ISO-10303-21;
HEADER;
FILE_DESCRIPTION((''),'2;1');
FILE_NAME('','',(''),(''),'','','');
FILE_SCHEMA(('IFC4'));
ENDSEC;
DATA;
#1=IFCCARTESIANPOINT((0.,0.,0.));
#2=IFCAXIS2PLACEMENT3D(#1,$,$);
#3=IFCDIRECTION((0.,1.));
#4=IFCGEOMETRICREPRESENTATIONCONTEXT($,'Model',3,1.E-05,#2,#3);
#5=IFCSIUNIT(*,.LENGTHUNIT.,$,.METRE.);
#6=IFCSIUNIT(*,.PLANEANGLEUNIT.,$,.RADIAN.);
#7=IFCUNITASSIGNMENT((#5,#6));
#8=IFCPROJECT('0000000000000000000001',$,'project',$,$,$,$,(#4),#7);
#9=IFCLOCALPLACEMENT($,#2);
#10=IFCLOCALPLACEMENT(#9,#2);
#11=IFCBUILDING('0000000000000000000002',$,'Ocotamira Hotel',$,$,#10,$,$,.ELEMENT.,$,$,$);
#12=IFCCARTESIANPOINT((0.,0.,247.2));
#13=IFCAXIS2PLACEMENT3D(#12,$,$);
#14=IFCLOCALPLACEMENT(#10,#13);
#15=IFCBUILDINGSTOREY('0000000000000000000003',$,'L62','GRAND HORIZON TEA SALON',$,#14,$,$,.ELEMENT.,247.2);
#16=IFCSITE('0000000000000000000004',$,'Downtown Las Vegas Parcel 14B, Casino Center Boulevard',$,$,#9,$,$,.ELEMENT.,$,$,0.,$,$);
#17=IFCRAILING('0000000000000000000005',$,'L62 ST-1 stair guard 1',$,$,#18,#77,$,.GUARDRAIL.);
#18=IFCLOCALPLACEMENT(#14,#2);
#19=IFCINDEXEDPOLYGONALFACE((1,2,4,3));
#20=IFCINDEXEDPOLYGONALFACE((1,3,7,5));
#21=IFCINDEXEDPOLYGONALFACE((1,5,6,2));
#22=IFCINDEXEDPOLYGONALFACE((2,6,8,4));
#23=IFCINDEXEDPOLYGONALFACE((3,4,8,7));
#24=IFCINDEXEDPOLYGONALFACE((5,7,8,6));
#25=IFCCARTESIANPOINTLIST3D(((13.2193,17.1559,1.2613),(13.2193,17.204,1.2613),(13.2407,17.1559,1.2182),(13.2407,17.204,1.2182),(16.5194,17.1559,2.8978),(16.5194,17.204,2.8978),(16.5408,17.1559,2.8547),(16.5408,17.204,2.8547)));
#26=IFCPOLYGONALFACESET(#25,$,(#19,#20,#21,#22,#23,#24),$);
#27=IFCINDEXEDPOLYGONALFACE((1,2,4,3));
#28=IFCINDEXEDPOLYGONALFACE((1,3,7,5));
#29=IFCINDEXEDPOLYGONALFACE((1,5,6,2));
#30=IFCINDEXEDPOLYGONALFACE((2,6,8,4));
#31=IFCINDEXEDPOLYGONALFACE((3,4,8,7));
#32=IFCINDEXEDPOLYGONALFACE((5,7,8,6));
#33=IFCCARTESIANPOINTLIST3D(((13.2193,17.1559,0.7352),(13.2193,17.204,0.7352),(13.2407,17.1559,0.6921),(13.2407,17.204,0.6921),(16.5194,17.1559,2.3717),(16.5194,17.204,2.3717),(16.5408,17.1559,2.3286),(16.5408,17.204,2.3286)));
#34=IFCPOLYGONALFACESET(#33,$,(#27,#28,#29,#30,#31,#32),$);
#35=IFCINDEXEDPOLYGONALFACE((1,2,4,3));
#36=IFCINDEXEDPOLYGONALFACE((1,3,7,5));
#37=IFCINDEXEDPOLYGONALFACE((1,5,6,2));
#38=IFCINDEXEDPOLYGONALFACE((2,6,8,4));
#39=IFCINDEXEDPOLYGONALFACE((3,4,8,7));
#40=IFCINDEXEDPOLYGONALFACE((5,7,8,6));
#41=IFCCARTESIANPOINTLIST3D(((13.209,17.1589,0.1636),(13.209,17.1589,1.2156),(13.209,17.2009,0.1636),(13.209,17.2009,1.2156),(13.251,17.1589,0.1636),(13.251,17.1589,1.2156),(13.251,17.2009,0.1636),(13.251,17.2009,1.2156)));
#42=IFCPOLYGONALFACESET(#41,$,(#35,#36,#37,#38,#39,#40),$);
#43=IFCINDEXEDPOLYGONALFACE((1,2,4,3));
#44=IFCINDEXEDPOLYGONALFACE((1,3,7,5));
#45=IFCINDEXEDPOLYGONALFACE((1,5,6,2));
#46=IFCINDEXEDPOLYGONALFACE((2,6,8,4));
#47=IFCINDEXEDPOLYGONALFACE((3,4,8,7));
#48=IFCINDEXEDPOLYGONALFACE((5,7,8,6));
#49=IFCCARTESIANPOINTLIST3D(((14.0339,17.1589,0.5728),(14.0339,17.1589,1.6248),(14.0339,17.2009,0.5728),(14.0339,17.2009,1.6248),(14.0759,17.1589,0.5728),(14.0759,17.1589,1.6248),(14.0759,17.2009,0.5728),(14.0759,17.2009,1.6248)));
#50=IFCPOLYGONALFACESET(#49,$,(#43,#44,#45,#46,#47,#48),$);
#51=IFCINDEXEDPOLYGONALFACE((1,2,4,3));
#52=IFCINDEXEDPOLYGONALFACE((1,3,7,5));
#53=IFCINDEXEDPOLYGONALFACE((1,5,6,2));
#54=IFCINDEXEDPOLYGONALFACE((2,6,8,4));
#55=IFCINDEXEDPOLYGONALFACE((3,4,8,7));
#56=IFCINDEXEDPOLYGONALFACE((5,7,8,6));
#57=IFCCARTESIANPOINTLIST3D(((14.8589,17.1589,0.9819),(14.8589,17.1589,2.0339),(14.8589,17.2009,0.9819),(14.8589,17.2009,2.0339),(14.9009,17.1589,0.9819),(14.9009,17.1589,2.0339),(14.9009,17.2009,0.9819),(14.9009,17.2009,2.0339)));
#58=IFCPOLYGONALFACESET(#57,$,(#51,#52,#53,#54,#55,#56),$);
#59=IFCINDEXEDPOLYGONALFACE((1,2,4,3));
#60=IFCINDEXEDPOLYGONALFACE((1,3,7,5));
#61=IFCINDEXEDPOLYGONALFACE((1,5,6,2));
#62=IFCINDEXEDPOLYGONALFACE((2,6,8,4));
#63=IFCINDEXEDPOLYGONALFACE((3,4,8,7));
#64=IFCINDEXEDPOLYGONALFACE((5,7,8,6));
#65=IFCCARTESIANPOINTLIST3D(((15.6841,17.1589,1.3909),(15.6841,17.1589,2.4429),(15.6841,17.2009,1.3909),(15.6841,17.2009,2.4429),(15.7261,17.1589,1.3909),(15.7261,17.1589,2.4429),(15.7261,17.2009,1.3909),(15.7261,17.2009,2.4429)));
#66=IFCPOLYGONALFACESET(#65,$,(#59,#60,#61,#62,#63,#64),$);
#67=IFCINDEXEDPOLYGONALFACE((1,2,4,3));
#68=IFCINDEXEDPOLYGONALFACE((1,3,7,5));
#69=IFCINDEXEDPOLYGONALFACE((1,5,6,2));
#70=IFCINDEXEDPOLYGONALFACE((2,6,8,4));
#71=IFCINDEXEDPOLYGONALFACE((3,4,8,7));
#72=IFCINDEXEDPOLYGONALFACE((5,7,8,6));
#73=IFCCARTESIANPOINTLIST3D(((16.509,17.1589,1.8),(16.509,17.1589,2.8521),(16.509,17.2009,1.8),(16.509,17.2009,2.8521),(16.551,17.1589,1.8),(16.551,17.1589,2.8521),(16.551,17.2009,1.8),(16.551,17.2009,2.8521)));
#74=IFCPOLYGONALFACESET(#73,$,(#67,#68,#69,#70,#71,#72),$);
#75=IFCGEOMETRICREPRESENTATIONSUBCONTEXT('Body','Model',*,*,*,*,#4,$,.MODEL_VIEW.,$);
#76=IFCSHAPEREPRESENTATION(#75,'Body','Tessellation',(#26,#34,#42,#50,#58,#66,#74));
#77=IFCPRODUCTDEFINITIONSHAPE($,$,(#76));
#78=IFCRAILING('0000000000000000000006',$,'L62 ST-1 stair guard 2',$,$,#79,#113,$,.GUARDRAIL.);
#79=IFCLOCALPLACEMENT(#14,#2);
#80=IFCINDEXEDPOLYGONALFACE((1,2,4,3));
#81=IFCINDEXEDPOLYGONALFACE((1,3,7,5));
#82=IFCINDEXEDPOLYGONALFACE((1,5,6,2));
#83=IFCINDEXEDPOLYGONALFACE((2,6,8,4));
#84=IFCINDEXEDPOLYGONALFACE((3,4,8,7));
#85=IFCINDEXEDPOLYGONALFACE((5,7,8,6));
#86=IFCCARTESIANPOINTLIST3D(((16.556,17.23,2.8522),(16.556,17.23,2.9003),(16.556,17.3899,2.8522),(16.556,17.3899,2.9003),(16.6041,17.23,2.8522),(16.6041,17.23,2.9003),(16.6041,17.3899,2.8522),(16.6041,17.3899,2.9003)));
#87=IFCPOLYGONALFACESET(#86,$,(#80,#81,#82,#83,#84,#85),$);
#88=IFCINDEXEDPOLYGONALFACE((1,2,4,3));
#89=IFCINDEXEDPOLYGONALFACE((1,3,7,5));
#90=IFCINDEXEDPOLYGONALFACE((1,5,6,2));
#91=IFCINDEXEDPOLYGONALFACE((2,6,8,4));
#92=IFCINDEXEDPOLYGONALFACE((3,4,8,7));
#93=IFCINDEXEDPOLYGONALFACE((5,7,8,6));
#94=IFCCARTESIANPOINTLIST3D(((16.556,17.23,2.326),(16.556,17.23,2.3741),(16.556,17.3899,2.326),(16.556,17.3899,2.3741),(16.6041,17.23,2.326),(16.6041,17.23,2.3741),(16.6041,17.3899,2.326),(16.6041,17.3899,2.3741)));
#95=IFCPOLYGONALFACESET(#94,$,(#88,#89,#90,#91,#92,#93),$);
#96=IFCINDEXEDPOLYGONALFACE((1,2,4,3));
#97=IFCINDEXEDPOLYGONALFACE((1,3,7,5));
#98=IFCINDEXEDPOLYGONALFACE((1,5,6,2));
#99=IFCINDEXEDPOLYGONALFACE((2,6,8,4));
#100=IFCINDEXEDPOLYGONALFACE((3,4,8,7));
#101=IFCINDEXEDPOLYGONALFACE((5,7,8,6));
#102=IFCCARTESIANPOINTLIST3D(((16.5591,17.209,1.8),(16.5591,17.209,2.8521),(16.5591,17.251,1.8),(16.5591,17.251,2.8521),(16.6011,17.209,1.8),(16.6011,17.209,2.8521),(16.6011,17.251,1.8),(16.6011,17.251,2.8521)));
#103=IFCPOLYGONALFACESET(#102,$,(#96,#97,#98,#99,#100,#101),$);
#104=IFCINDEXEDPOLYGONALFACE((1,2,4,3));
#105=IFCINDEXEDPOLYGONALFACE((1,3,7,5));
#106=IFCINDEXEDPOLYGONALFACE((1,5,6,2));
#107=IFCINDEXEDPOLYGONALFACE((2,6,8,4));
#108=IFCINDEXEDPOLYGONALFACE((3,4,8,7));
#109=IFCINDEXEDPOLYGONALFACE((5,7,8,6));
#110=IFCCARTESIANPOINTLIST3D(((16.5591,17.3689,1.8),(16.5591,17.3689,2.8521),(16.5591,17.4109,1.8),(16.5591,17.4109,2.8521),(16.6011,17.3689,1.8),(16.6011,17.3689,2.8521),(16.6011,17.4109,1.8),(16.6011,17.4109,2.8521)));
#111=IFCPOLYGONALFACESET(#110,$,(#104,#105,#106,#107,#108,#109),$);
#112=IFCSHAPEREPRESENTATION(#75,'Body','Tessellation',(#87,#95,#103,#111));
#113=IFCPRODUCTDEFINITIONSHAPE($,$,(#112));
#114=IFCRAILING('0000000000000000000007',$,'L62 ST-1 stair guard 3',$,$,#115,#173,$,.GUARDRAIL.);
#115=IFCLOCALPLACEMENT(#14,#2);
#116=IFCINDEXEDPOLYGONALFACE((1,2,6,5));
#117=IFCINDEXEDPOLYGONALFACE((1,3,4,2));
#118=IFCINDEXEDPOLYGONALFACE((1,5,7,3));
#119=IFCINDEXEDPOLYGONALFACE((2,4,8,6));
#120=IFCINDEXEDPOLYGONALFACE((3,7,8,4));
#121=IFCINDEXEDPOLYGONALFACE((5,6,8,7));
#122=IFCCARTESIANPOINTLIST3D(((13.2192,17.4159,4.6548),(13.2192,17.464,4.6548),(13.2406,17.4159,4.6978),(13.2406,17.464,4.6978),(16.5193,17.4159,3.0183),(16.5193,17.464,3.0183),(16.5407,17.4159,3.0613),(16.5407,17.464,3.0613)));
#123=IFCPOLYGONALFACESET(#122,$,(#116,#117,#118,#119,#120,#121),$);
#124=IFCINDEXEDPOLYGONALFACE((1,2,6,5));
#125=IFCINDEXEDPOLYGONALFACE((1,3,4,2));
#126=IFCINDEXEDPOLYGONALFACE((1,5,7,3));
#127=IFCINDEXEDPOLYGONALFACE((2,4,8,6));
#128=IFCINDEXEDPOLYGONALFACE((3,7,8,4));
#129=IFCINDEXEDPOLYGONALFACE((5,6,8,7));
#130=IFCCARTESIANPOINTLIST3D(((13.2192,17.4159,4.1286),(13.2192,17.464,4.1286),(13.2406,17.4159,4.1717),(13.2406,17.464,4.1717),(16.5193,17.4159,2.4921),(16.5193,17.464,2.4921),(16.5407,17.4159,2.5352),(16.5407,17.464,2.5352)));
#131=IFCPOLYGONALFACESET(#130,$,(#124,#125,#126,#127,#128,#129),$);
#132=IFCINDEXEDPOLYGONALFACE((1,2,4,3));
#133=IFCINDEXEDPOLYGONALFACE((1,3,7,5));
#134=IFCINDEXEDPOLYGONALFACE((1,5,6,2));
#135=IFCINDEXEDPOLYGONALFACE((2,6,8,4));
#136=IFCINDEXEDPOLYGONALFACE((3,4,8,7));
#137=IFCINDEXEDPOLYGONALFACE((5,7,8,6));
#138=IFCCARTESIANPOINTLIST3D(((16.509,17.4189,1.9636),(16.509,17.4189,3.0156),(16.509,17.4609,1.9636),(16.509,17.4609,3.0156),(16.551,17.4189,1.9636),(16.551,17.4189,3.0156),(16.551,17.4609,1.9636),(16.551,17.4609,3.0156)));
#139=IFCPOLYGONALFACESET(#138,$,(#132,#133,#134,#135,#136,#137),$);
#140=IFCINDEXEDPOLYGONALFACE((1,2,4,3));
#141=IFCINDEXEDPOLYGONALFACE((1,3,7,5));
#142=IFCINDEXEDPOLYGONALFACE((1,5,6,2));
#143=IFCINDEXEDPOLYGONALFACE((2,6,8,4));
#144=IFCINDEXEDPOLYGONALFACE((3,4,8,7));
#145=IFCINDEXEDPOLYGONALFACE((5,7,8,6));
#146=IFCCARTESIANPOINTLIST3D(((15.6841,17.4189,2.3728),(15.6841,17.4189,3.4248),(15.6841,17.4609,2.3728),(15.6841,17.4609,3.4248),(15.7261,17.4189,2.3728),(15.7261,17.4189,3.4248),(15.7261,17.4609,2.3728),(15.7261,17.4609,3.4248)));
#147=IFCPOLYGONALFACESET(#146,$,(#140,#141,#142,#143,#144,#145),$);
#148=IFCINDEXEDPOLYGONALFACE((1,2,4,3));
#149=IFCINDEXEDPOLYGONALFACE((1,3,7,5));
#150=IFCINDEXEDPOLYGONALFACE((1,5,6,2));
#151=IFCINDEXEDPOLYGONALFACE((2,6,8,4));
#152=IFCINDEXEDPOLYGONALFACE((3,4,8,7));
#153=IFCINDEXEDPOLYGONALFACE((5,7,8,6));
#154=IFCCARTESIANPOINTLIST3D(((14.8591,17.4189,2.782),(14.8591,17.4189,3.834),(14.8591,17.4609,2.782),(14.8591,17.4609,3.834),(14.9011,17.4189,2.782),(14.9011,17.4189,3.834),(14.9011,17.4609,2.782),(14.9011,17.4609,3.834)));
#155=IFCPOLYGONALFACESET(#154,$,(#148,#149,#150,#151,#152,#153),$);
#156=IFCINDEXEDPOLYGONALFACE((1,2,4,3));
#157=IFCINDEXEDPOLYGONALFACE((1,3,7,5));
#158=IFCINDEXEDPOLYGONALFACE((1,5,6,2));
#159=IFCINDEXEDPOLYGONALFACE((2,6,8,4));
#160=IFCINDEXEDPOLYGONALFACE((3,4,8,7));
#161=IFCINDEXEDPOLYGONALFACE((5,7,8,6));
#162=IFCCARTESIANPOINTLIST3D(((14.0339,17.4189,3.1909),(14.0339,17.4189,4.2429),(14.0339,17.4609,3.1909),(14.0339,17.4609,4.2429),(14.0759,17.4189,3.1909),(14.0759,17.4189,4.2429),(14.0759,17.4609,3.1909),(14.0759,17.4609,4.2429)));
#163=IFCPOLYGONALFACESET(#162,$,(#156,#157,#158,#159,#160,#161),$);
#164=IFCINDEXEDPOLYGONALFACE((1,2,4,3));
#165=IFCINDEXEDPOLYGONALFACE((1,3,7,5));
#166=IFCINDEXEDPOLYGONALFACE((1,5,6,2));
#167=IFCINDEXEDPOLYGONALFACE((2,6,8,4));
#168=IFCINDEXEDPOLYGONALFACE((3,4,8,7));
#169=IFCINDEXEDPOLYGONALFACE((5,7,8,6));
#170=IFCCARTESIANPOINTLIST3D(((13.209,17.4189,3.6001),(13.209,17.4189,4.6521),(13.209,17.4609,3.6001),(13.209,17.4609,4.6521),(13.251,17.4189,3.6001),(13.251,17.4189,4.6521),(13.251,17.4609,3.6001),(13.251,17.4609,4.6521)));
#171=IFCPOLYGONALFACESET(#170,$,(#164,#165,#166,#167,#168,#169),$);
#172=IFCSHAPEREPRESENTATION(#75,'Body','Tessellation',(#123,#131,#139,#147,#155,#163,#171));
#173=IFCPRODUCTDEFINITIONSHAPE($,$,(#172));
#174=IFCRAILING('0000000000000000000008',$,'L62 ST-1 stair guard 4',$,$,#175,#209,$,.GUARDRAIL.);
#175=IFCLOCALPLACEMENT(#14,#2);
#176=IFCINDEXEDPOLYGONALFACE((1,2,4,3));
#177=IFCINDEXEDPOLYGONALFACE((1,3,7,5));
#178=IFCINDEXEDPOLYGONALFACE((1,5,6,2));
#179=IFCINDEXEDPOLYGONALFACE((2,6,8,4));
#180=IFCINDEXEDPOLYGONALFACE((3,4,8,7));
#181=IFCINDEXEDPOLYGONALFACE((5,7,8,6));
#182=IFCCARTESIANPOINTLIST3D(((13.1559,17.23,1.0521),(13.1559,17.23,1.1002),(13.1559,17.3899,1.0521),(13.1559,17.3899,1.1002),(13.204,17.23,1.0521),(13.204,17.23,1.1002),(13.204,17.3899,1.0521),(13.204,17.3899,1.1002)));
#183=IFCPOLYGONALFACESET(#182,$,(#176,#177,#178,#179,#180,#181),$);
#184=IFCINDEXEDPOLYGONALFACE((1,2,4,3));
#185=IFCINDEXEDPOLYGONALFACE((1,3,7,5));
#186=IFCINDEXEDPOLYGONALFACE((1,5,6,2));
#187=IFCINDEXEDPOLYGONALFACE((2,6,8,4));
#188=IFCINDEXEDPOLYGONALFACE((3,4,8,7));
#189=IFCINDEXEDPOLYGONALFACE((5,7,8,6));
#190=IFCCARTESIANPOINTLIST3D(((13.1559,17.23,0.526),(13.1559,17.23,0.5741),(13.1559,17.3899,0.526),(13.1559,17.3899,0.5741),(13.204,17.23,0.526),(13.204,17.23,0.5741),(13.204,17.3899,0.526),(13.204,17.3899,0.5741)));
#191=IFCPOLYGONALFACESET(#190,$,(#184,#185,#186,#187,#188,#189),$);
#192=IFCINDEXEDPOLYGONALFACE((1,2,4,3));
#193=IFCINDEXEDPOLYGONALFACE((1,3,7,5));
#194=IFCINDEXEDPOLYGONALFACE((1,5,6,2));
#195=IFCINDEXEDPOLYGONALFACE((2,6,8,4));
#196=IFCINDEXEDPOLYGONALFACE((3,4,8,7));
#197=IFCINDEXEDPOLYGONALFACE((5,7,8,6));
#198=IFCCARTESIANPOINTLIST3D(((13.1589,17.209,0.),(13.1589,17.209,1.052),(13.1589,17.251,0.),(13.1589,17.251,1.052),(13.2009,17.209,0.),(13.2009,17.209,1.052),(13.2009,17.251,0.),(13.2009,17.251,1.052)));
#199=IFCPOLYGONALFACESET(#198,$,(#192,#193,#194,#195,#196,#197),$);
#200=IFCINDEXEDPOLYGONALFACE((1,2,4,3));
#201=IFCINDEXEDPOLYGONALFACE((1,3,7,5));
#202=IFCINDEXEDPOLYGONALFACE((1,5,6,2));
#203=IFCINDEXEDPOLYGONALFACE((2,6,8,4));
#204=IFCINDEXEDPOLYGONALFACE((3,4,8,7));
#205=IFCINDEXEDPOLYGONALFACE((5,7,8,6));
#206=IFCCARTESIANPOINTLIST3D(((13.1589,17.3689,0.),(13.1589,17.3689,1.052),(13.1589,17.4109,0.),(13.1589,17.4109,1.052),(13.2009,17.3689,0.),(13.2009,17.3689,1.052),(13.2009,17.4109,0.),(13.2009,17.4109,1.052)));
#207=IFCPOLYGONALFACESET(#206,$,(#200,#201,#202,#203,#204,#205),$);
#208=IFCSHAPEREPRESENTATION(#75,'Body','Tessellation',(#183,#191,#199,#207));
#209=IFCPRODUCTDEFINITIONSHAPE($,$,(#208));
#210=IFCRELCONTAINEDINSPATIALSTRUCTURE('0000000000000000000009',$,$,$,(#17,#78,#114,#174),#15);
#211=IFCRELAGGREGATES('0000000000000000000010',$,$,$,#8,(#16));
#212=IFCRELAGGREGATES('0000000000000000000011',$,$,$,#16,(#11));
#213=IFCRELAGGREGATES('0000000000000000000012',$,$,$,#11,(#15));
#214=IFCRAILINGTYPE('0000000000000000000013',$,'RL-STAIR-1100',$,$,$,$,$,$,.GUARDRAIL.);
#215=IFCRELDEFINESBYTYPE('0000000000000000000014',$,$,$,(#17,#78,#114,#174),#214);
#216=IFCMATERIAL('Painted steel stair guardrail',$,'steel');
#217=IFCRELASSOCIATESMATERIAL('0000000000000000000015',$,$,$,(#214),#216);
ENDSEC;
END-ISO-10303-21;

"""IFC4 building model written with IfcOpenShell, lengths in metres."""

from ifc_helpers import new_model, si_unit, direction, frame, origin, origin_2d, place, context, subcontext, project, spatial, rectangle, extrude, material, type_object, element, save


model = new_model("IFC4")

# Units and contexts
model_context = context("Model", 3, precision=1e-05, world=origin(), true_north=direction((0.0, 1.0)))
body_context = subcontext(model_context, "Body", "Model", "MODEL_VIEW")
ifc_project = project(units=[si_unit("LENGTHUNIT", "METRE"), si_unit("PLANEANGLEUNIT", "RADIAN")], contexts=[model_context])

# Site, building, storey
site_placement = place(None, origin())
site = spatial("IfcSite", under=ifc_project, at=site_placement, Name="Downtown Las Vegas Parcel 14B, Casino Center Boulevard", CompositionType="ELEMENT", RefElevation=0.0)
building_placement = place(site_placement, origin())
building = spatial("IfcBuilding", under=site, at=building_placement, Name="Ocotamira Hotel", CompositionType="ELEMENT")
storey_placement = place(building_placement, frame((0.0, 0.0, 247.2)))
storey = spatial("IfcBuildingStorey", under=building, at=storey_placement, Name="L62", Description="GRAND HORIZON TEA SALON", CompositionType="ELEMENT", Elevation=247.2)

# Railings
ifc_material_1 = material(Name="Painted steel stair guardrail", Category="steel")
railing_type_1 = type_object("IfcRailingType", Name="RL-STAIR-1100", PredefinedType="GUARDRAIL", material=ifc_material_1)
railing_1_placement = place(storey_placement, frame((13.23, 17.1799, 0.1636)))
element("IfcRailing", 1, at=railing_1_placement, inside=storey, type_object=railing_type_1, Name="L62 ST-1 stair guard 1", PredefinedType="GUARDRAIL", context=body_context, shape_type="SweptSolid", body=[
    extrude(rectangle(XDim=0.0481, YDim=0.0481, at=origin_2d()), frame((0.0, 0.0, 1.0762), z_axis=(0.895894, 0.0, 0.444268), x_axis=(0.0, 1.0, 0.0)), (0.0, 0.0, 1.0), 3.6836),
    extrude(rectangle(XDim=0.0481, YDim=0.0481, at=origin_2d()), frame((0.0, 0.0, 0.55), z_axis=(0.895894, 0.0, 0.444268), x_axis=(0.0, 1.0, 0.0)), (0.0, 0.0, 1.0), 3.6836),
    extrude(rectangle(XDim=0.042, YDim=0.042, at=origin_2d()), origin(), (0.0, 0.0, 1.0), 1.052),
    extrude(rectangle(XDim=0.042, YDim=0.042, at=origin_2d()), frame((0.825, 0.0, 0.4092)), (0.0, 0.0, 1.0), 1.052),
    extrude(rectangle(XDim=0.042, YDim=0.042, at=origin_2d()), frame((1.6499, 0.0, 0.8184)), (0.0, 0.0, 1.0), 1.052),
    extrude(rectangle(XDim=0.042, YDim=0.042, at=origin_2d()), frame((2.4751, 0.0, 1.2273)), (0.0, 0.0, 1.0), 1.052),
    extrude(rectangle(XDim=0.042, YDim=0.042, at=origin_2d()), frame((3.3, 0.0, 1.6365)), (0.0, 0.0, 1.0), 1.052),
])
railing_2_placement = place(storey_placement, frame((16.5801, 17.23, 1.8)))
element("IfcRailing", 2, at=railing_2_placement, inside=storey, type_object=railing_type_1, Name="L62 ST-1 stair guard 2", PredefinedType="GUARDRAIL", context=body_context, shape_type="SweptSolid", body=[
    extrude(rectangle(XDim=0.0481, YDim=0.0481, at=origin_2d()), frame((0.0, 0.0, 1.0762), z_axis=(0.0, 1.0, 0.0), x_axis=(-1.0, 0.0, 0.0)), (0.0, 0.0, 1.0), 0.1599),
    extrude(rectangle(XDim=0.0481, YDim=0.0481, at=origin_2d()), frame((0.0, 0.0, 0.55), z_axis=(0.0, 1.0, 0.0), x_axis=(-1.0, 0.0, 0.0)), (0.0, 0.0, 1.0), 0.1599),
    extrude(rectangle(XDim=0.042, YDim=0.042, at=origin_2d()), origin(), (0.0, 0.0, 1.0), 1.052),
    extrude(rectangle(XDim=0.042, YDim=0.042, at=origin_2d()), frame((0.0, 0.1599, 0.0)), (0.0, 0.0, 1.0), 1.052),
])
railing_3_placement = place(storey_placement, frame((16.53, 17.4399, 1.9636)))
element("IfcRailing", 3, at=railing_3_placement, inside=storey, type_object=railing_type_1, Name="L62 ST-1 stair guard 3", PredefinedType="GUARDRAIL", context=body_context, shape_type="SweptSolid", body=[
    extrude(rectangle(XDim=0.0481, YDim=0.0481, at=origin_2d()), frame((0.0, 0.0, 1.0762), z_axis=(-0.895894, 0.0, 0.444268), x_axis=(0.0, -1.0, 0.0)), (0.0, 0.0, 1.0), 3.6836),
    extrude(rectangle(XDim=0.0481, YDim=0.0481, at=origin_2d()), frame((0.0, 0.0, 0.55), z_axis=(-0.895894, 0.0, 0.444268), x_axis=(0.0, -1.0, 0.0)), (0.0, 0.0, 1.0), 3.6836),
    extrude(rectangle(XDim=0.042, YDim=0.042, at=origin_2d()), origin(), (0.0, 0.0, 1.0), 1.052),
    extrude(rectangle(XDim=0.042, YDim=0.042, at=origin_2d()), frame((-0.825, 0.0, 0.4092)), (0.0, 0.0, 1.0), 1.052),
    extrude(rectangle(XDim=0.042, YDim=0.042, at=origin_2d()), frame((-1.6499, 0.0, 0.8184)), (0.0, 0.0, 1.0), 1.052),
    extrude(rectangle(XDim=0.042, YDim=0.042, at=origin_2d()), frame((-2.4751, 0.0, 1.2273)), (0.0, 0.0, 1.0), 1.052),
    extrude(rectangle(XDim=0.042, YDim=0.042, at=origin_2d()), frame((-3.3, 0.0, 1.6365)), (0.0, 0.0, 1.0), 1.052),
])
railing_4_placement = place(storey_placement, frame((13.1799, 17.23, 0.0)))
element("IfcRailing", 4, at=railing_4_placement, inside=storey, type_object=railing_type_1, Name="L62 ST-1 stair guard 4", PredefinedType="GUARDRAIL", context=body_context, shape_type="SweptSolid", body=[
    extrude(rectangle(XDim=0.0481, YDim=0.0481, at=origin_2d()), frame((0.0, 0.0, 1.0762), z_axis=(0.0, 1.0, 0.0), x_axis=(-1.0, 0.0, 0.0)), (0.0, 0.0, 1.0), 0.1599),
    extrude(rectangle(XDim=0.0481, YDim=0.0481, at=origin_2d()), frame((0.0, 0.0, 0.55), z_axis=(0.0, 1.0, 0.0), x_axis=(-1.0, 0.0, 0.0)), (0.0, 0.0, 1.0), 0.1599),
    extrude(rectangle(XDim=0.042, YDim=0.042, at=origin_2d()), origin(), (0.0, 0.0, 1.0), 1.052),
    extrude(rectangle(XDim=0.042, YDim=0.042, at=origin_2d()), frame((0.0, 0.1599, 0.0)), (0.0, 0.0, 1.0), 1.052),
])

save(model, "model.ifc")
